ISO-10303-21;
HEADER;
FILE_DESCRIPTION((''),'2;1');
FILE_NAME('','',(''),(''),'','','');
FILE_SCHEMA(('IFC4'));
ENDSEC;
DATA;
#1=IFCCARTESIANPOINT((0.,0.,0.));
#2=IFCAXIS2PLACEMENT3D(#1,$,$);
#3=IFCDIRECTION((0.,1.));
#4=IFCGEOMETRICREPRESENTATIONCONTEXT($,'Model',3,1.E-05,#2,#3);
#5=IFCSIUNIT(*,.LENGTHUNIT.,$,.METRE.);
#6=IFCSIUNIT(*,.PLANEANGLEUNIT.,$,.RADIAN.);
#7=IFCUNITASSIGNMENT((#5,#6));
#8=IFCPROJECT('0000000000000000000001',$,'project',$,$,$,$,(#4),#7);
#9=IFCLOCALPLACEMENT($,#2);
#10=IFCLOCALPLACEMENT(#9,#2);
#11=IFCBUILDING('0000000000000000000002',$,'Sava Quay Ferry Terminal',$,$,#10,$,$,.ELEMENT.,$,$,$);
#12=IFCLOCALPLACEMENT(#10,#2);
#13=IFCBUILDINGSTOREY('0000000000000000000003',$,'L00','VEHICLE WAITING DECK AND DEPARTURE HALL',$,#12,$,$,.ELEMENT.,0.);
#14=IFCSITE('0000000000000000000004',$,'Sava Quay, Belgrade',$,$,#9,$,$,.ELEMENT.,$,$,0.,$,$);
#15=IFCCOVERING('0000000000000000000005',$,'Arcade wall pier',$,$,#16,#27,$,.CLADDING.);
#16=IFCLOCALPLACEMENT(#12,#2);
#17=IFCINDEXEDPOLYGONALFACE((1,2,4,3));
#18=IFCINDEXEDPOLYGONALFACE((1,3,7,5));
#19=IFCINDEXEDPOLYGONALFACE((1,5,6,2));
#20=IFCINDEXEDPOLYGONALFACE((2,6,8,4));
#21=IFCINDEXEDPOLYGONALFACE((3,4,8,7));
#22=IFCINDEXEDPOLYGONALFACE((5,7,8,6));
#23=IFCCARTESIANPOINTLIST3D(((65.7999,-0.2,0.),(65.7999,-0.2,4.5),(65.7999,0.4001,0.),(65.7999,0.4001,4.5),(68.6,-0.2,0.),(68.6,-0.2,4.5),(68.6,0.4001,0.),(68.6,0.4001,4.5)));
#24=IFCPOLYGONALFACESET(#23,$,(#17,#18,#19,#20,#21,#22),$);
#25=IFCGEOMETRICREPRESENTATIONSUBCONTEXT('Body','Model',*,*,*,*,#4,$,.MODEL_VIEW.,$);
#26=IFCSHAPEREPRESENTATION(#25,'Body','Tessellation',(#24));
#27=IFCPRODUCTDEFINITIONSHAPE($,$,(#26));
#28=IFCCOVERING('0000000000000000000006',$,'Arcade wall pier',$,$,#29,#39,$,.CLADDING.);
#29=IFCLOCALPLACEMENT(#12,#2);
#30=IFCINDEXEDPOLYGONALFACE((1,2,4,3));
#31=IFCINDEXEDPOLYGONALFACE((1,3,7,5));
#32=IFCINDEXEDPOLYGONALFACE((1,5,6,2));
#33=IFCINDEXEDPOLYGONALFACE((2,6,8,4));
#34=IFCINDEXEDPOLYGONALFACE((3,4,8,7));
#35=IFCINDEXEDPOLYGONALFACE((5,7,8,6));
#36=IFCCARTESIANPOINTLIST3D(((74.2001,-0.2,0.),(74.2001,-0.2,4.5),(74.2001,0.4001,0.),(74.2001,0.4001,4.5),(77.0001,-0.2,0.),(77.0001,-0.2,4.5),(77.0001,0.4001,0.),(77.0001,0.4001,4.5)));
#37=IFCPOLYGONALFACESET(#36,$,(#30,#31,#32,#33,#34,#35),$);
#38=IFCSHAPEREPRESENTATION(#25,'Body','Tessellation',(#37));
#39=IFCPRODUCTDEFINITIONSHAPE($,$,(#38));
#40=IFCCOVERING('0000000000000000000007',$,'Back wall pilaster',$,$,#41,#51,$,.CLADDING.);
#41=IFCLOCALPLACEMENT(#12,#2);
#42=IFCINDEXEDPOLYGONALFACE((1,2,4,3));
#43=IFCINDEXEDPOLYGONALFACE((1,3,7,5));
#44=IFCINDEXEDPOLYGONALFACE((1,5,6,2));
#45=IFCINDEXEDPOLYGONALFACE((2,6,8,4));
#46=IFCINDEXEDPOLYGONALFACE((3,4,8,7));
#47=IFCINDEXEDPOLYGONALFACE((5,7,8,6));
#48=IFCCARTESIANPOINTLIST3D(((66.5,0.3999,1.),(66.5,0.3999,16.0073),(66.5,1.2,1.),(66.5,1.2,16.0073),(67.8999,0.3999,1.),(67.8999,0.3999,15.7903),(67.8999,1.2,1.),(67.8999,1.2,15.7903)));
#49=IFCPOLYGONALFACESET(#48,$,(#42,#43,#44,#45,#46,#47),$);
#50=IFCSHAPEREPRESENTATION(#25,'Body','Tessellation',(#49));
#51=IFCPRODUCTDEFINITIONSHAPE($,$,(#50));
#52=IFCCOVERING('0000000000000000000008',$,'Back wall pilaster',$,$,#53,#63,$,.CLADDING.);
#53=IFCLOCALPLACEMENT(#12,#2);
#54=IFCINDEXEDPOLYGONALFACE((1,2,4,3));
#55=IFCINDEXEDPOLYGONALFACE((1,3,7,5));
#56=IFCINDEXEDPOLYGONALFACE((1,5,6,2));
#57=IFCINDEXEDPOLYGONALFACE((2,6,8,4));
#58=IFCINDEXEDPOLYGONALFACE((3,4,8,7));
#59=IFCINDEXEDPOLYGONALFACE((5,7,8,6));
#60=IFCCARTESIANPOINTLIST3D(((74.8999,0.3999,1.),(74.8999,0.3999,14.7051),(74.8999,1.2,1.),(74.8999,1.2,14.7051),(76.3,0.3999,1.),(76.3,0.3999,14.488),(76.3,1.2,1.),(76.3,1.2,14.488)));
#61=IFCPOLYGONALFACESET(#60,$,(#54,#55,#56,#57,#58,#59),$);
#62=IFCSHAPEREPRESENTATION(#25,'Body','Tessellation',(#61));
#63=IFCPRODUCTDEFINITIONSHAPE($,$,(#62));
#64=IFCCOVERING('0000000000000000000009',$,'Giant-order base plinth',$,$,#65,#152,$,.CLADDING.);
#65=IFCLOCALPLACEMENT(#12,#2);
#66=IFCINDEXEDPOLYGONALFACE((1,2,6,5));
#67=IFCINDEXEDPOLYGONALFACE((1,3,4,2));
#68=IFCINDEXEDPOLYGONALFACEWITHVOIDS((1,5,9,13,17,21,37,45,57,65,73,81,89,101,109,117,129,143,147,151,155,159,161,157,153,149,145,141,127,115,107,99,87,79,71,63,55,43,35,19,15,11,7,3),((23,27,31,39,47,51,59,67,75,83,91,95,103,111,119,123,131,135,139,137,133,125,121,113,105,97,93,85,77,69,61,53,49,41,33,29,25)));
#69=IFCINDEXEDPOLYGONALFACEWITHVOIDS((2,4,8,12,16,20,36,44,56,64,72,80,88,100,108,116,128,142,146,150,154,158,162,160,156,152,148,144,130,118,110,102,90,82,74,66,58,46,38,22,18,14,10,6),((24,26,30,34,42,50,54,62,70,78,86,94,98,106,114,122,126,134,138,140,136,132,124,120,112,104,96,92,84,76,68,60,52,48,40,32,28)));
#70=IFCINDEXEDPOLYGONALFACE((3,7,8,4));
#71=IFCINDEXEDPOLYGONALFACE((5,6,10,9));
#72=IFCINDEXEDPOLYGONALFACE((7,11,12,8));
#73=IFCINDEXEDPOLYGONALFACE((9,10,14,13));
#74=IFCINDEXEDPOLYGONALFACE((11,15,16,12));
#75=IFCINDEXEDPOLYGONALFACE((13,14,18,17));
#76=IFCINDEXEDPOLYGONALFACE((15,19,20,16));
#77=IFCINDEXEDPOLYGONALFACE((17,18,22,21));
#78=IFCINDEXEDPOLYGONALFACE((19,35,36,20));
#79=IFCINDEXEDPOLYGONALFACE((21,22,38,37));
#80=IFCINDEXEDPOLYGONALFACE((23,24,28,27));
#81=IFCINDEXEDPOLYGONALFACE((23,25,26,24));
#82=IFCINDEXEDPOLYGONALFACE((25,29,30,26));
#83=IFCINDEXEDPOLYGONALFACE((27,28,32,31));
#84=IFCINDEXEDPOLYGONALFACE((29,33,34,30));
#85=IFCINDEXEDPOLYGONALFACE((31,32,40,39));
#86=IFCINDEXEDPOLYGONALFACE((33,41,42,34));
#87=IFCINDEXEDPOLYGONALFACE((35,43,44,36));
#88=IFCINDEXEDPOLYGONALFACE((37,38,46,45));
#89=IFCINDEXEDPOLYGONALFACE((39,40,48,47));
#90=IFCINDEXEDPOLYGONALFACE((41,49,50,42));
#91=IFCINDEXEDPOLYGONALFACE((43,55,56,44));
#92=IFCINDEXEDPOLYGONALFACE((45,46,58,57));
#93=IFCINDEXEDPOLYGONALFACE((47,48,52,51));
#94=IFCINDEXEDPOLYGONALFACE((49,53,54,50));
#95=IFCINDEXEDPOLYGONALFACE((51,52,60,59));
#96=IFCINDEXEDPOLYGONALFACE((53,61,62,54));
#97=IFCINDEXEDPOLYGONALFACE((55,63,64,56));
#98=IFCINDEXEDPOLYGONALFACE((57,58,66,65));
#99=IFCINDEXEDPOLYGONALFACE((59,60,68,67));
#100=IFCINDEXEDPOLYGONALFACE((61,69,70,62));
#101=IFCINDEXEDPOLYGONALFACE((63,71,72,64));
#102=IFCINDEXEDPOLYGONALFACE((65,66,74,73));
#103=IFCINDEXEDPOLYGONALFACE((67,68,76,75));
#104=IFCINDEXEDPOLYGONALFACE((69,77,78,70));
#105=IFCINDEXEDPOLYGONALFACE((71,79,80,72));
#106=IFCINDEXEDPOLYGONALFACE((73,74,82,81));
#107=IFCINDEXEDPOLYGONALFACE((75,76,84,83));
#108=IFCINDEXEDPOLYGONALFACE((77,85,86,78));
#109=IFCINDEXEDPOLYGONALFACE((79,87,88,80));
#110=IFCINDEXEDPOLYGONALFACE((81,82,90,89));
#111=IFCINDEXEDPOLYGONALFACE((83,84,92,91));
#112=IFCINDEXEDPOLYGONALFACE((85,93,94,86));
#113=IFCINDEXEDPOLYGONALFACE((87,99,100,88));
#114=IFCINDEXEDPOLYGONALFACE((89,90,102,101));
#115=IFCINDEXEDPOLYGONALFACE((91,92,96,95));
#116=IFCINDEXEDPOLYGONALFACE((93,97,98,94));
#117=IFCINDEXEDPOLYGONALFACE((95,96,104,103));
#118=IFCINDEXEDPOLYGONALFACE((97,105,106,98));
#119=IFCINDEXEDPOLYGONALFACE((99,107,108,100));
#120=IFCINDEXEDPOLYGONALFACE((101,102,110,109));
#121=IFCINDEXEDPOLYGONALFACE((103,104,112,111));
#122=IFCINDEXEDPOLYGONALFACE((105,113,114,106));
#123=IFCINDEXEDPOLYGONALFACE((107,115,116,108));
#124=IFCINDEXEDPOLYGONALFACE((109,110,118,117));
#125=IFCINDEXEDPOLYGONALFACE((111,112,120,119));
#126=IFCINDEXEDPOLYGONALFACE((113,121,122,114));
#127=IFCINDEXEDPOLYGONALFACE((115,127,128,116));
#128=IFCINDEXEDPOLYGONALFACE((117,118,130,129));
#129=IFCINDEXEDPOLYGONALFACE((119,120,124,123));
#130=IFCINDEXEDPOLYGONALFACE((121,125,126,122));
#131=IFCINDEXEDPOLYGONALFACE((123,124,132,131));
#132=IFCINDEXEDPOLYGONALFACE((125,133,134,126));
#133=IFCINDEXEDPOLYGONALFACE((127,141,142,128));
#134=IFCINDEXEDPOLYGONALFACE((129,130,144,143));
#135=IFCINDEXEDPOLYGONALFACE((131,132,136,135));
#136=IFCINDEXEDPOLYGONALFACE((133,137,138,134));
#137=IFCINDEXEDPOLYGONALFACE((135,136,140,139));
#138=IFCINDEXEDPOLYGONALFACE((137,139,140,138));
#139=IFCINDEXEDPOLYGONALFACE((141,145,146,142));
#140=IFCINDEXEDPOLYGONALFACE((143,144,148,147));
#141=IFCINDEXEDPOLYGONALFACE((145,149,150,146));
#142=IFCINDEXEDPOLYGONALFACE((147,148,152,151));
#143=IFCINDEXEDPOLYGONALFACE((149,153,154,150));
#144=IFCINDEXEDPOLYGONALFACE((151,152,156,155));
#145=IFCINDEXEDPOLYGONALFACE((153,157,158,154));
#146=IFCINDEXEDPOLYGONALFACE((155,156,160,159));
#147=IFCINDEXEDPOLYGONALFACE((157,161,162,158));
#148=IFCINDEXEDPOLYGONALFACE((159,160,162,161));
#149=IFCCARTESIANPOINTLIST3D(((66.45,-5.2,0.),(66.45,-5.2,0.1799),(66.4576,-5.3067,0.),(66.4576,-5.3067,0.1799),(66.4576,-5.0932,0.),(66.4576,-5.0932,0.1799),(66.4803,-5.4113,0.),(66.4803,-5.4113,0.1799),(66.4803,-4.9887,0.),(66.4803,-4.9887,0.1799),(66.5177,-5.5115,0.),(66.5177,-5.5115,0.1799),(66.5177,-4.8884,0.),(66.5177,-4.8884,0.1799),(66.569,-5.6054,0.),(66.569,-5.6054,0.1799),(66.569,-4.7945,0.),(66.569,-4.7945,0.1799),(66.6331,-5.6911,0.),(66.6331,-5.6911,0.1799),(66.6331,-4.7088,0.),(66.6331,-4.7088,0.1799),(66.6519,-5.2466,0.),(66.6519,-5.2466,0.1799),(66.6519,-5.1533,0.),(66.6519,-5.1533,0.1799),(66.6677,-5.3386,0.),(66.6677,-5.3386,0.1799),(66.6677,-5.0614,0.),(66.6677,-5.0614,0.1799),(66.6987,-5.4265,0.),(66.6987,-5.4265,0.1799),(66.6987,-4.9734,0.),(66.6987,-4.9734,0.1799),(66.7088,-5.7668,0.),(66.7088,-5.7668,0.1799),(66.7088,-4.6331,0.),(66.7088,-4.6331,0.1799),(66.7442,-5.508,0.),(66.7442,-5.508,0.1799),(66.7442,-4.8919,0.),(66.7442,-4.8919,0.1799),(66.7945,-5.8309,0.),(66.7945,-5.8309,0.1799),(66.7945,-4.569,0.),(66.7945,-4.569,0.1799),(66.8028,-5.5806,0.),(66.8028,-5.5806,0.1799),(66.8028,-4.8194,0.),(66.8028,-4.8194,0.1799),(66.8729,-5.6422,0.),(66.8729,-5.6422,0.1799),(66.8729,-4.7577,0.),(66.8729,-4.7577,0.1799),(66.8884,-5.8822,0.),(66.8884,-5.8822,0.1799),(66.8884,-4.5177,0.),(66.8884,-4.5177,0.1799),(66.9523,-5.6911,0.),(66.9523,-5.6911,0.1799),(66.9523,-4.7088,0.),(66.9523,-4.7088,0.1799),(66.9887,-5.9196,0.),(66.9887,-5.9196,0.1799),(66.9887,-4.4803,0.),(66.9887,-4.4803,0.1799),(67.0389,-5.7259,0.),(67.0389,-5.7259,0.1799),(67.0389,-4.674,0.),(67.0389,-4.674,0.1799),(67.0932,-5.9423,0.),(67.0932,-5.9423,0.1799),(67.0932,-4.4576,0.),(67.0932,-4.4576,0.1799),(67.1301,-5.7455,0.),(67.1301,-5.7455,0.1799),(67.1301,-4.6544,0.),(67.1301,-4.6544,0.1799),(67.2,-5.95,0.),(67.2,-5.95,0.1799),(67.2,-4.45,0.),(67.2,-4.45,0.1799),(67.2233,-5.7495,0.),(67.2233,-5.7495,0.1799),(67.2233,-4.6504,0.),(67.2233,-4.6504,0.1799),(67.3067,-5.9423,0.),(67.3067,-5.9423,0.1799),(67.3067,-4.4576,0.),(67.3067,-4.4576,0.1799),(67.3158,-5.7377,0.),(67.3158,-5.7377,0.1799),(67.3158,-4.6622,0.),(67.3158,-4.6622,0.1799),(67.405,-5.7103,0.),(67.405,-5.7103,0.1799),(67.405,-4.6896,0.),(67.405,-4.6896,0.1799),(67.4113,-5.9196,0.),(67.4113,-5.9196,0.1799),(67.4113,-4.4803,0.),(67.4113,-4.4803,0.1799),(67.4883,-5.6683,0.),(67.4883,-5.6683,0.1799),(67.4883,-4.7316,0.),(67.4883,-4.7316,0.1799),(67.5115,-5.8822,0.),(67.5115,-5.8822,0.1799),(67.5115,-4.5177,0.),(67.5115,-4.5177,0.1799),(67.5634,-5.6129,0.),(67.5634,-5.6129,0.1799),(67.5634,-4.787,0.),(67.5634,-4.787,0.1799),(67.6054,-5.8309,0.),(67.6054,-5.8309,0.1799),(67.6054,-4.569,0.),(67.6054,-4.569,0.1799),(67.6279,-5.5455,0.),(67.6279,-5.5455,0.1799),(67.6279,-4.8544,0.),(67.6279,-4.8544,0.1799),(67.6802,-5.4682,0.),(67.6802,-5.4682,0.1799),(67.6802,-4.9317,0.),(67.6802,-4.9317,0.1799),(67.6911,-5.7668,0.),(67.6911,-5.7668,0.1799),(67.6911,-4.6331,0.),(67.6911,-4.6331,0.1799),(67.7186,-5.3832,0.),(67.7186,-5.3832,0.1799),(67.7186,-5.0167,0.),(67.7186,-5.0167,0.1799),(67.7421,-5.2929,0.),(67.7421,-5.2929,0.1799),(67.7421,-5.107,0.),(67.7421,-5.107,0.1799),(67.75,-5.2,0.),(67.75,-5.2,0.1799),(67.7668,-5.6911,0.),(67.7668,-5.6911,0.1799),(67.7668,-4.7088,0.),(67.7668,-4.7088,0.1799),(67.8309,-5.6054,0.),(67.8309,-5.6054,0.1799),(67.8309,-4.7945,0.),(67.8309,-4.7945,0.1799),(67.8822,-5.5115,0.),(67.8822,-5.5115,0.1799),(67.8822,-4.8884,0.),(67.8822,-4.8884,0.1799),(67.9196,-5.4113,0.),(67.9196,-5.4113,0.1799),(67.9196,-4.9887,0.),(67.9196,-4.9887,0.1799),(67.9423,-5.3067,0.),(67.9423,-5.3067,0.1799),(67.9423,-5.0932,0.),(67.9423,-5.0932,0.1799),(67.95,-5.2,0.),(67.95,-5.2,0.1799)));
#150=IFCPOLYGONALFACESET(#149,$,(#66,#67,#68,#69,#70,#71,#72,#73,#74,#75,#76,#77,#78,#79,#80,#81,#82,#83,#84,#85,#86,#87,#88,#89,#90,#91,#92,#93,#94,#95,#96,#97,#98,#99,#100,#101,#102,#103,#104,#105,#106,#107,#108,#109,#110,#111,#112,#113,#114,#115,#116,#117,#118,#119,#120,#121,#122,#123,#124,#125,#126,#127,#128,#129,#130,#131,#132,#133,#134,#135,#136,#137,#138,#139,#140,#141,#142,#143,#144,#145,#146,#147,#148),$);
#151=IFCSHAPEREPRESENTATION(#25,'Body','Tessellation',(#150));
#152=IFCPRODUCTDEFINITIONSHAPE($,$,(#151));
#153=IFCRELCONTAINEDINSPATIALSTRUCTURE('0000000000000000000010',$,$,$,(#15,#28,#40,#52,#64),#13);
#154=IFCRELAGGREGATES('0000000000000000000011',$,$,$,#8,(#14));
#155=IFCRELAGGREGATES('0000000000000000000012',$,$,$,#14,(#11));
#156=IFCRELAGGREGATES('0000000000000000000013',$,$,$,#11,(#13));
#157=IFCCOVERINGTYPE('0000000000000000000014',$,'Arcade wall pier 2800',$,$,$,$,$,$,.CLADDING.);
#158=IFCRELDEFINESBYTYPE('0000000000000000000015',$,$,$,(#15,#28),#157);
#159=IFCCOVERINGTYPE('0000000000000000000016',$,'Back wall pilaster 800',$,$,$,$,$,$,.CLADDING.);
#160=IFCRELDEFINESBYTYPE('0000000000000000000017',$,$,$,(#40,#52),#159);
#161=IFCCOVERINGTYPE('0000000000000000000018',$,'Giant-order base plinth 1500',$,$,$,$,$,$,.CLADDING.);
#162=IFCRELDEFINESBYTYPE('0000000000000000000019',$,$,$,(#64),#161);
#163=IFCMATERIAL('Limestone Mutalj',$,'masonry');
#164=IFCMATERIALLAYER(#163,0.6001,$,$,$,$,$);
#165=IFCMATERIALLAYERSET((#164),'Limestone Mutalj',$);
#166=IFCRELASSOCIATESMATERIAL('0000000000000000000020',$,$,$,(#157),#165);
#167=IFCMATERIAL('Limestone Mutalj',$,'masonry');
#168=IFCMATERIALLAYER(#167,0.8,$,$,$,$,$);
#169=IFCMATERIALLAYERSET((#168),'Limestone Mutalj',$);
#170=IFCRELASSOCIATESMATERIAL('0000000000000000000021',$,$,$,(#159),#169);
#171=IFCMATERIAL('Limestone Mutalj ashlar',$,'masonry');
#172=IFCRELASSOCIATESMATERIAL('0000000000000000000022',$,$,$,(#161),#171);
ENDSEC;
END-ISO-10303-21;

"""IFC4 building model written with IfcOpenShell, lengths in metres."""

from ifc_helpers import new_model, si_unit, direction, frame, origin, origin_2d, place, context, subcontext, project, spatial, polyline, rectangle, hollow_circle, outline, extrude, material, layer, layer_set, material_profile, profile_set, type_object, element, save


model = new_model("IFC4")

# Units and contexts
model_context = context("Model", 3, precision=1e-05, world=origin(), true_north=direction((0.0, 1.0)))
body_context = subcontext(model_context, "Body", "Model", "MODEL_VIEW")
ifc_project = project(units=[si_unit("LENGTHUNIT", "METRE"), si_unit("PLANEANGLEUNIT", "RADIAN")], contexts=[model_context])

# Site, building, storey
site_placement = place(None, origin())
site = spatial("IfcSite", under=ifc_project, at=site_placement, Name="Sava Quay, Belgrade", CompositionType="ELEMENT", RefElevation=0.0)
building_placement = place(site_placement, origin())
building = spatial("IfcBuilding", under=site, at=building_placement, Name="Sava Quay Ferry Terminal", CompositionType="ELEMENT")
storey_placement = place(building_placement, origin())
storey = spatial("IfcBuildingStorey", under=building, at=storey_placement, Name="L00", Description="VEHICLE WAITING DECK AND DEPARTURE HALL", CompositionType="ELEMENT", Elevation=0.0)

# Coverings
ifc_material_1 = material(Name="Limestone Mutalj", Category="masonry")
ifc_layer_1 = layer(ifc_material_1, 0.6001)
ifc_layer_set_1 = layer_set([ifc_layer_1], Name="Limestone Mutalj")
covering_type_1 = type_object("IfcCoveringType", Name="Arcade wall pier 2800", PredefinedType="CLADDING", material=ifc_layer_set_1)
for number, where, z_axis, x_axis, name in (
    (1, (67.2, 0.1001, 0.0), (0.0, 0.0, 1.0), (1.0, 0.0, 0.0), "Arcade wall pier"),
    (2, (75.6001, 0.1001, 0.0), (0.0, 0.0, 1.0), (1.0, 0.0, 0.0), "Arcade wall pier"),
):
    element("IfcCovering", number, at=place(storey_placement, frame(where, z_axis=z_axis, x_axis=x_axis)), inside=storey, type_object=covering_type_1, Name=name, PredefinedType="CLADDING", context=body_context, shape_type="SweptSolid", body=[
        extrude(rectangle(XDim=2.8, YDim=0.6001, at=origin_2d()), origin(), (0.0, 0.0, 1.0), 4.5),
    ])
ifc_material_2 = material(Name="Limestone Mutalj", Category="masonry")
ifc_layer_2 = layer(ifc_material_2, 0.8)
ifc_layer_set_2 = layer_set([ifc_layer_2], Name="Limestone Mutalj")
covering_type_2 = type_object("IfcCoveringType", Name="Back wall pilaster 800", PredefinedType="CLADDING", material=ifc_layer_set_2)
covering_1_placement = place(storey_placement, frame((66.5, 0.3999, 1.0), z_axis=(0.0, -1.0, 0.0), x_axis=(1.0, 0.0, 0.0)))
element("IfcCovering", 3, at=covering_1_placement, inside=storey, type_object=covering_type_2, Name="Back wall pilaster", PredefinedType="CLADDING", context=body_context, shape_type="SweptSolid", body=[
    extrude(outline(polyline([(0.0, 0.0), (1.3999, 0.0), (1.3999, 14.7903), (0.0, 15.0073), (0.0, 0.0)])), origin(), (0.0, 0.0, -1.0), 0.8),
])
covering_2_placement = place(storey_placement, frame((74.8999, 0.3999, 1.0), z_axis=(0.0, -1.0, 0.0), x_axis=(1.0, 0.0, 0.0)))
element("IfcCovering", 4, at=covering_2_placement, inside=storey, type_object=covering_type_2, Name="Back wall pilaster", PredefinedType="CLADDING", context=body_context, shape_type="SweptSolid", body=[
    extrude(outline(polyline([(0.0, 0.0), (1.4001, 0.0), (1.4001, 13.488), (0.0, 13.7051), (0.0, 0.0)])), origin(), (0.0, 0.0, -1.0), 0.8),
])
ifc_material_3 = material(Name="Limestone Mutalj ashlar", Category="masonry")
ifc_material_profile_1 = material_profile(ifc_material_3, hollow_circle(Radius=0.75, WallThickness=0.2, at=origin_2d()), Name="Base plinth 1500")
ifc_profile_set_1 = profile_set([ifc_material_profile_1], Name="Limestone Mutalj ashlar")
covering_type_3 = type_object("IfcCoveringType", Name="Giant-order base plinth 1500", PredefinedType="CLADDING", material=ifc_profile_set_1)
for number, where, z_axis, x_axis, name in (
    (5, (67.2, -5.2, 0.0), (0.0, 0.0, 1.0), (1.0, 0.0, 0.0), "Giant-order base plinth"),
):
    element("IfcCovering", number, at=place(storey_placement, frame(where, z_axis=z_axis, x_axis=x_axis)), inside=storey, type_object=covering_type_3, Name=name, PredefinedType="CLADDING", context=body_context, shape_type="SweptSolid", body=[
        extrude(hollow_circle(Radius=0.75, WallThickness=0.2, at=origin_2d()), origin(), (0.0, 0.0, 1.0), 0.1799),
    ])

save(model, "model.ifc")
